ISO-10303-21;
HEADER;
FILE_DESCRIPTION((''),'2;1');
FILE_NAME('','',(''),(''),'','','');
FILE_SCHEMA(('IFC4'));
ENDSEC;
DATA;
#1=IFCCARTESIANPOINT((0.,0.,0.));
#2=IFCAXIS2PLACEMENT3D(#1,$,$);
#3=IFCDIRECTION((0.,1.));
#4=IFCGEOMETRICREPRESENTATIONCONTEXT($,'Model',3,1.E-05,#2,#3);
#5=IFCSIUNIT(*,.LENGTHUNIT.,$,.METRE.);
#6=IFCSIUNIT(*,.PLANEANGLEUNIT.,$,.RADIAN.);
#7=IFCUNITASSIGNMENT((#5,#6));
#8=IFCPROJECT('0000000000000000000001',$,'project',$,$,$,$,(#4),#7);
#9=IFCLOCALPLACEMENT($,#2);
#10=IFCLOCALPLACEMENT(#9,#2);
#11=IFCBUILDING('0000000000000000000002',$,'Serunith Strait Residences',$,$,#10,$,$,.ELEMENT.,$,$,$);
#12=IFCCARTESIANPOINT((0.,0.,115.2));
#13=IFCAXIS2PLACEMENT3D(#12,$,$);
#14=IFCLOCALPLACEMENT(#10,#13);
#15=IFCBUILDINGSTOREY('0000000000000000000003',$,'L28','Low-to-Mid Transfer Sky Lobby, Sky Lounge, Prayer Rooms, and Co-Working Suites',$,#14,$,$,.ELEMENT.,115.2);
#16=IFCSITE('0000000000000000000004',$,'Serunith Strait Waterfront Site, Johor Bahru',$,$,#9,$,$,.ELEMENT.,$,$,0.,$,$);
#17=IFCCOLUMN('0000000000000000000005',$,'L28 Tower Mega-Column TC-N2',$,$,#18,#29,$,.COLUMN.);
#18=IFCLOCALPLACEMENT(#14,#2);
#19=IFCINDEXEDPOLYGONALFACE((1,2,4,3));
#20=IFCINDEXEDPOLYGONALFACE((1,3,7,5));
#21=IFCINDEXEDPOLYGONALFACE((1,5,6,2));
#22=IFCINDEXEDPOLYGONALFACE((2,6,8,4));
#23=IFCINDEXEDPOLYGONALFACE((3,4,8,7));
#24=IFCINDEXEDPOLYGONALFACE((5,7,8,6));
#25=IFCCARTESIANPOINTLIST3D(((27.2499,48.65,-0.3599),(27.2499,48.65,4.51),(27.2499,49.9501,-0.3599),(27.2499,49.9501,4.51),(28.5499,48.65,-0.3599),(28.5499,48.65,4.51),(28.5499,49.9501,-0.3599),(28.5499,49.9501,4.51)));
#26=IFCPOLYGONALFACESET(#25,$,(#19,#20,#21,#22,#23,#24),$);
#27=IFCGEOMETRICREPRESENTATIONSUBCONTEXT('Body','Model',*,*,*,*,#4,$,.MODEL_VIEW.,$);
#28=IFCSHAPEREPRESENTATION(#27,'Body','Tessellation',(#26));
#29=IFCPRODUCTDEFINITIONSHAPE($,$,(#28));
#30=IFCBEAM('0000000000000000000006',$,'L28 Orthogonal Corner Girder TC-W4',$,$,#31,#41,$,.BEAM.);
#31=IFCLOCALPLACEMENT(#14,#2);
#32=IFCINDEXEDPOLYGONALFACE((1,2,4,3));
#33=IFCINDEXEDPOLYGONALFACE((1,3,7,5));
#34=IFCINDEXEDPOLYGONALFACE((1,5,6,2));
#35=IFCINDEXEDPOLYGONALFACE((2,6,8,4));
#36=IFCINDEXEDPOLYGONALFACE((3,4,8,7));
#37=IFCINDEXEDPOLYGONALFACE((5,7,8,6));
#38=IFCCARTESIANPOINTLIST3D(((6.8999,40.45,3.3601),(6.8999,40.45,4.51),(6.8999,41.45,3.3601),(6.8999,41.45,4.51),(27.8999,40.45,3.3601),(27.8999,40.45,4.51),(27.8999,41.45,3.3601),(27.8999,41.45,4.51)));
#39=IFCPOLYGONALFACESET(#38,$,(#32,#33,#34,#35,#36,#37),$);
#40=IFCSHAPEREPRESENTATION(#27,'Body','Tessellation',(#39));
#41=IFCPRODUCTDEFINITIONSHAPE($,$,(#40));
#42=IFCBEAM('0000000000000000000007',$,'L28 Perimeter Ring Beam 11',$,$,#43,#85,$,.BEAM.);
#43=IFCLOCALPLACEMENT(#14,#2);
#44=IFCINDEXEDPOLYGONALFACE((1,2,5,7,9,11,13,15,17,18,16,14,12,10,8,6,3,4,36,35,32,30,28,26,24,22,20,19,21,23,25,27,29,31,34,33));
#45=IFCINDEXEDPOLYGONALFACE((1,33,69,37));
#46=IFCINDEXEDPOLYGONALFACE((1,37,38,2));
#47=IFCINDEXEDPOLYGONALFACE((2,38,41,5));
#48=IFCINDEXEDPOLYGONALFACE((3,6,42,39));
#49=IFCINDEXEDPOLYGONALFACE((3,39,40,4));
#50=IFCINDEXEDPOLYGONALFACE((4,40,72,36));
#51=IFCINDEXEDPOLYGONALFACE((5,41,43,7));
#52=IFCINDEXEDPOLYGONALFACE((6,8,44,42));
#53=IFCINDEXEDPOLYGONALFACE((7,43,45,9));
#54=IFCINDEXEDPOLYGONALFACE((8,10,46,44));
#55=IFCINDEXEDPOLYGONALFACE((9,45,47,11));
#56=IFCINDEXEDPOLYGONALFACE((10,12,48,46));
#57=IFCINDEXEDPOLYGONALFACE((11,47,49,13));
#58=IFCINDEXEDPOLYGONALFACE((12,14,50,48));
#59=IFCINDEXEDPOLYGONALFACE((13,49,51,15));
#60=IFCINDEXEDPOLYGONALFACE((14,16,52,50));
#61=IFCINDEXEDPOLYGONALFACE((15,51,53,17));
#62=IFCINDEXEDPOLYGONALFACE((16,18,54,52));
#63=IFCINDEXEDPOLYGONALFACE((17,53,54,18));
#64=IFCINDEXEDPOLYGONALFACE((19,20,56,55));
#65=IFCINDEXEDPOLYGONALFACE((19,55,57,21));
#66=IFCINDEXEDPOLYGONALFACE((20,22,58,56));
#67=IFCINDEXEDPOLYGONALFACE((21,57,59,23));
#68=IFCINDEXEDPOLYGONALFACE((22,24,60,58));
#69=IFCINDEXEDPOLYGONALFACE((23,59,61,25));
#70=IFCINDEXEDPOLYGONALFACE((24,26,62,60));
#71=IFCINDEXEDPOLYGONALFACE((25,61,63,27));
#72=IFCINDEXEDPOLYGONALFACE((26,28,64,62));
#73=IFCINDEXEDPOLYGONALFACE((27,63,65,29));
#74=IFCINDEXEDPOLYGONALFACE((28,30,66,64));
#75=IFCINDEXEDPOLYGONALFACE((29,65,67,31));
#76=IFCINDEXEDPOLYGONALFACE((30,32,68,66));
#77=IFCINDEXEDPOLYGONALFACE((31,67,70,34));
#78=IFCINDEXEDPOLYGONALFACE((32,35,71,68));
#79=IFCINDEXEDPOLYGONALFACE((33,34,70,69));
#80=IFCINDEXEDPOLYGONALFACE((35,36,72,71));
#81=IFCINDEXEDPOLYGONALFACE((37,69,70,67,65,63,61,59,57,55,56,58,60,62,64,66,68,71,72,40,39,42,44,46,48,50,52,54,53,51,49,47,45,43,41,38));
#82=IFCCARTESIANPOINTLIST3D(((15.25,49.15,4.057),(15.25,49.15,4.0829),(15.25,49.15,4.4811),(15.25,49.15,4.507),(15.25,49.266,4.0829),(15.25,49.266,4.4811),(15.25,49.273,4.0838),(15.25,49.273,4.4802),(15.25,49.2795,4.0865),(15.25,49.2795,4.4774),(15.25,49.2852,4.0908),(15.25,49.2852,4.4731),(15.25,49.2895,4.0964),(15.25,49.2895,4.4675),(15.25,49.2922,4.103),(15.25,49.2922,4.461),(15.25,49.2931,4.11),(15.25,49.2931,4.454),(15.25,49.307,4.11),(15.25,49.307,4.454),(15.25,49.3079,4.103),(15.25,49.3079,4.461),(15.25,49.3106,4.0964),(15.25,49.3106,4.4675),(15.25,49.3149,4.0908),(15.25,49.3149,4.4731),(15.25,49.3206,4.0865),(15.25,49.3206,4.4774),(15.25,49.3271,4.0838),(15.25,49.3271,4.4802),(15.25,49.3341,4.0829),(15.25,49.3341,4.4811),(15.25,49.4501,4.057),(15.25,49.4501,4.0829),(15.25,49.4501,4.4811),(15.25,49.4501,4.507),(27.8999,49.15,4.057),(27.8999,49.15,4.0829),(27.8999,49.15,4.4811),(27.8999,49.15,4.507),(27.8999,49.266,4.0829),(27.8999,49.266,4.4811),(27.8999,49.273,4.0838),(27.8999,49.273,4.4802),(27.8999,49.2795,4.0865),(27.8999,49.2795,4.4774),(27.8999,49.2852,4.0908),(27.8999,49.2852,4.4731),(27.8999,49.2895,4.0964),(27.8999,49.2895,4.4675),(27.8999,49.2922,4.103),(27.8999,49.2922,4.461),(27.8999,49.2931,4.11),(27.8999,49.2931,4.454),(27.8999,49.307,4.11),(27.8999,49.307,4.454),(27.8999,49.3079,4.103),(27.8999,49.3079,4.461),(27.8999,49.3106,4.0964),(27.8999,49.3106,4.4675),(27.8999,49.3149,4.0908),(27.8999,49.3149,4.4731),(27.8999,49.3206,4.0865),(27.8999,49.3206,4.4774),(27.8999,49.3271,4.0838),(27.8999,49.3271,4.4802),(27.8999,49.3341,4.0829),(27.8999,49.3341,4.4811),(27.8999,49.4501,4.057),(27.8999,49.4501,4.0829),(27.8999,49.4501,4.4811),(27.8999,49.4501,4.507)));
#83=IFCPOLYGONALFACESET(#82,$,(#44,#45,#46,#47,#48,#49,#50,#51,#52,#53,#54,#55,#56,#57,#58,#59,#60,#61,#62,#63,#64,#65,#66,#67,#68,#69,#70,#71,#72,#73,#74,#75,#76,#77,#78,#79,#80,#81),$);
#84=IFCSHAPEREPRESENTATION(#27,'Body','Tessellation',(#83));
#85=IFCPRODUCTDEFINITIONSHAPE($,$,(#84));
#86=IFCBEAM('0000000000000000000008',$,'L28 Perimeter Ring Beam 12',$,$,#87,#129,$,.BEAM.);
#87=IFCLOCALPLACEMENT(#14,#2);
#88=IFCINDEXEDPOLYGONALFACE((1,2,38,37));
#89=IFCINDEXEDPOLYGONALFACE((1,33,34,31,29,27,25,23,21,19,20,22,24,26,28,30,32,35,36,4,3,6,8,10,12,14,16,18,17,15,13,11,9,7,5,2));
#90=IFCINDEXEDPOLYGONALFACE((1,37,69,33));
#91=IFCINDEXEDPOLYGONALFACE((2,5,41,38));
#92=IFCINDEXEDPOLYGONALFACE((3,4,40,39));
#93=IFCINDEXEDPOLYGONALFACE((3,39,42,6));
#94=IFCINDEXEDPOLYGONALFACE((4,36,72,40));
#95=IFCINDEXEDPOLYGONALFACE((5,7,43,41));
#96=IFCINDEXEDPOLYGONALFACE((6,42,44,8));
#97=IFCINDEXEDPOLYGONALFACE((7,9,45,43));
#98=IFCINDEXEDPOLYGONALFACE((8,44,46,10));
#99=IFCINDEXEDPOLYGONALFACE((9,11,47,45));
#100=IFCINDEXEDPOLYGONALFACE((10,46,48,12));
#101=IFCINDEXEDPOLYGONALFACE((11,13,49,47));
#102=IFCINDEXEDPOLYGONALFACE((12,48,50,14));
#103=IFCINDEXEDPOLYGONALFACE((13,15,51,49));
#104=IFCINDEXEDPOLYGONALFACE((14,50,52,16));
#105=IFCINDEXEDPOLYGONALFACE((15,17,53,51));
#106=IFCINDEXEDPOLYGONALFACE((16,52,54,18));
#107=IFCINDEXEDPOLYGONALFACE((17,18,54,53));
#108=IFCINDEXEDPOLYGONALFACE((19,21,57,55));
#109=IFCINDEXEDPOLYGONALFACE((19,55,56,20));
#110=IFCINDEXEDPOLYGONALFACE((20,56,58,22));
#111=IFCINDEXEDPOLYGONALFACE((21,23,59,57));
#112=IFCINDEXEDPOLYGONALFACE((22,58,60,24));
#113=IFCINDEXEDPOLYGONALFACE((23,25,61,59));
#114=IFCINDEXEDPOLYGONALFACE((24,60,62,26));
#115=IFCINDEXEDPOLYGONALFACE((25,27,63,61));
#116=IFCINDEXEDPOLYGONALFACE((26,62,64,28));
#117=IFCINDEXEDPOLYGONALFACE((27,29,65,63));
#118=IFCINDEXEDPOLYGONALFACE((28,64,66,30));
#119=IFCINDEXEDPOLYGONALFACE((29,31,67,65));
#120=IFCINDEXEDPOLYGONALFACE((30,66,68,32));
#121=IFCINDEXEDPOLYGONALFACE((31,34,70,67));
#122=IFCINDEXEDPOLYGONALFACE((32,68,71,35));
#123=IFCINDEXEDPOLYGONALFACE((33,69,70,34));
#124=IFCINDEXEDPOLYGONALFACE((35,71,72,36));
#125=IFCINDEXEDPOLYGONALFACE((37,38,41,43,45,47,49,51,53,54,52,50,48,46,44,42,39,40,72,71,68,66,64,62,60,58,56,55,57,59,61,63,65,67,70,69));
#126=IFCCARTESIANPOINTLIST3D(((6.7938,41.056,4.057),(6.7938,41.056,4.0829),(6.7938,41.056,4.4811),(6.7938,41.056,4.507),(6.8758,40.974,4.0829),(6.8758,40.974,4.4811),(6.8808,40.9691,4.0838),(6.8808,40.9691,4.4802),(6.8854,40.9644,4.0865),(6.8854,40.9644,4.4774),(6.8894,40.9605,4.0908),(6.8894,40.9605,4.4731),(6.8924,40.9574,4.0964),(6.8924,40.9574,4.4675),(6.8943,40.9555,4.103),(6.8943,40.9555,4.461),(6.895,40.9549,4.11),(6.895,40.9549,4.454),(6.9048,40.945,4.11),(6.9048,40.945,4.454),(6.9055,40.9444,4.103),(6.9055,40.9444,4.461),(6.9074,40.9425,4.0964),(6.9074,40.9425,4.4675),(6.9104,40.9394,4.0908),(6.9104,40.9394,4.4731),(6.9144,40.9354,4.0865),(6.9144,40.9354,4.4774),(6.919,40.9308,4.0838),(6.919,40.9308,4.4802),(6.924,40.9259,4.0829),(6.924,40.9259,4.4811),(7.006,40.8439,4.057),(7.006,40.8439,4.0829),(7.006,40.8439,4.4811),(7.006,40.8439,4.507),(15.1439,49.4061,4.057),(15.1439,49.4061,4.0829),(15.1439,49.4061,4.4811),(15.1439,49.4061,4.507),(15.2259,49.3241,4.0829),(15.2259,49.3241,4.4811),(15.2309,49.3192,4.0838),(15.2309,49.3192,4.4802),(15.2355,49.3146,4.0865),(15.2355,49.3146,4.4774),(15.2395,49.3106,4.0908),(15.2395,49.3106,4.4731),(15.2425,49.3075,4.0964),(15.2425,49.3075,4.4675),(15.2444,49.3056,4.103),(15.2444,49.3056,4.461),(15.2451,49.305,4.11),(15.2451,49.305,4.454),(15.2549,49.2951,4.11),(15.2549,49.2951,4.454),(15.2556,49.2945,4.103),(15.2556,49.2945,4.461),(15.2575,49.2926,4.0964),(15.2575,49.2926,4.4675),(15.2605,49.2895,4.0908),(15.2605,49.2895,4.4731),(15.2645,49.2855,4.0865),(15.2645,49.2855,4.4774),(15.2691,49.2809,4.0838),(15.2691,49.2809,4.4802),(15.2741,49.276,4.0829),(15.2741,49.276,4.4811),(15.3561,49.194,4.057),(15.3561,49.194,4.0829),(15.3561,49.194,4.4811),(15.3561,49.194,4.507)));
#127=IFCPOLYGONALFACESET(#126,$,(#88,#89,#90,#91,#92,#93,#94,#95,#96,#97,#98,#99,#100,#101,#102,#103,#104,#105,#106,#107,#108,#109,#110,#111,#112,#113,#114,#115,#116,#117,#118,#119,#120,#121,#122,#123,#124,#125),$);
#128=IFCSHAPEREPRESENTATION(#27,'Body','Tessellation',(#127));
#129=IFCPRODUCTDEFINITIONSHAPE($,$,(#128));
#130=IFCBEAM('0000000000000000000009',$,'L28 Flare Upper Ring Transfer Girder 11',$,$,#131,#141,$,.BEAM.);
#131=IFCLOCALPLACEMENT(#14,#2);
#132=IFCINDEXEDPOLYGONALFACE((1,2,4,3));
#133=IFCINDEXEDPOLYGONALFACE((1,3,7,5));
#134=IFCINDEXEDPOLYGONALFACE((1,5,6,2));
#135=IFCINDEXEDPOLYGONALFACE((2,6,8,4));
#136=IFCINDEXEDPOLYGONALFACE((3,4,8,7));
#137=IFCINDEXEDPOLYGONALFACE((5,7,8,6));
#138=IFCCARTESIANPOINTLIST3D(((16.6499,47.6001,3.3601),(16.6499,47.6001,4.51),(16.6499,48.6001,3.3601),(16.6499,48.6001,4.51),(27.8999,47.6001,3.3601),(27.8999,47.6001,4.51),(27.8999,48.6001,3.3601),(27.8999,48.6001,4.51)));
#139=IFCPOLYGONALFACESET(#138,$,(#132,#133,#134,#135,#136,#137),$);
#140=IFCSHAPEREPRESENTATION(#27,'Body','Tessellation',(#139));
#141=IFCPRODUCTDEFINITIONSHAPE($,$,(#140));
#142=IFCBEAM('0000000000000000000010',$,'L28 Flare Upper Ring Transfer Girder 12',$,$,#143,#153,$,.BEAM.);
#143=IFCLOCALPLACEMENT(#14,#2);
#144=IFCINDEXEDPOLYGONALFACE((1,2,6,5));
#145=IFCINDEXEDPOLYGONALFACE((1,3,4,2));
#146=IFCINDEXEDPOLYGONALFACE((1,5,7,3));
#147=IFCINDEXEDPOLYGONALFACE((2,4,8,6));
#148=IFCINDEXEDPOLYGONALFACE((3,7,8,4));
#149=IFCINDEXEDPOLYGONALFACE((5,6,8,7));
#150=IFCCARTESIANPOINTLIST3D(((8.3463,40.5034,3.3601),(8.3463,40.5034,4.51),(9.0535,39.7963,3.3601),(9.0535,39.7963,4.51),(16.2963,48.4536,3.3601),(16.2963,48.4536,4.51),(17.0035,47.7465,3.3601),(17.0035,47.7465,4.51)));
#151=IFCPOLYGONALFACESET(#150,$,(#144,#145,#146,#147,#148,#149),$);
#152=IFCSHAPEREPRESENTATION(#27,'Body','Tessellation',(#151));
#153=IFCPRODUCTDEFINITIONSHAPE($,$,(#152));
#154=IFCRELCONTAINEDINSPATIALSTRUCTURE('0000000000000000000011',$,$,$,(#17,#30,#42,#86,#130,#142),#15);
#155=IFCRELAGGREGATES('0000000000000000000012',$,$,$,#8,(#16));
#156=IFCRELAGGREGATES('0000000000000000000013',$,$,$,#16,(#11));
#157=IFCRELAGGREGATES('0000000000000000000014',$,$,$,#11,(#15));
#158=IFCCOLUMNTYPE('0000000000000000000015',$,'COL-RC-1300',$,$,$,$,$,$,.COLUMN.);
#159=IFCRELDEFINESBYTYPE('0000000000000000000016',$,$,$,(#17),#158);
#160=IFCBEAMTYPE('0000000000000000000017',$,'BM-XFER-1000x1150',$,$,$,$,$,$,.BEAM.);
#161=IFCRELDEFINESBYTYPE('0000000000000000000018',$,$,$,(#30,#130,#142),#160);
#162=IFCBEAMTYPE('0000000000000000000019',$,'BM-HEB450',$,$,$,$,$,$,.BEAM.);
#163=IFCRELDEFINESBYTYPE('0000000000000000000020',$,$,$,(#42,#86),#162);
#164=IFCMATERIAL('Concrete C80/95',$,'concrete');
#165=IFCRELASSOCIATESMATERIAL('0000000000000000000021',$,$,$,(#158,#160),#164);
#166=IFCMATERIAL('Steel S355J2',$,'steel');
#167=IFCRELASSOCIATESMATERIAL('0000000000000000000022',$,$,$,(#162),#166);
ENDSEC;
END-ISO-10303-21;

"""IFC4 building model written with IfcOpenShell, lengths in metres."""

from ifc_helpers import new_model, si_unit, direction, frame, origin, origin_2d, place, context, subcontext, project, spatial, rectangle, i_section, extrude, source, transform, mapped, material, material_profile, profile_set, type_object, element, save


model = new_model("IFC4")

# Units and contexts
model_context = context("Model", 3, precision=1e-05, world=origin(), true_north=direction((0.0, 1.0)))
body_context = subcontext(model_context, "Body", "Model", "MODEL_VIEW")
ifc_project = project(units=[si_unit("LENGTHUNIT", "METRE"), si_unit("PLANEANGLEUNIT", "RADIAN")], contexts=[model_context])

# Site, building, storey
site_placement = place(None, origin())
site = spatial("IfcSite", under=ifc_project, at=site_placement, Name="Serunith Strait Waterfront Site, Johor Bahru", CompositionType="ELEMENT", RefElevation=0.0)
building_placement = place(site_placement, origin())
building = spatial("IfcBuilding", under=site, at=building_placement, Name="Serunith Strait Residences", CompositionType="ELEMENT")
storey_placement = place(building_placement, frame((0.0, 0.0, 115.2)))
storey = spatial("IfcBuildingStorey", under=building, at=storey_placement, Name="L28", Description="Low-to-Mid Transfer Sky Lobby, Sky Lounge, Prayer Rooms, and Co-Working Suites", CompositionType="ELEMENT", Elevation=115.2)

# Column
ifc_material_1 = material(Name="Concrete C80/95", Category="concrete")
ifc_material_profile_1 = material_profile(ifc_material_1, rectangle(XDim=1.3, YDim=1.3, at=origin_2d()), Name="RC 1300x1300")
ifc_profile_set_1 = profile_set([ifc_material_profile_1], Name="Concrete C80/95")
column_type = type_object("IfcColumnType", Name="COL-RC-1300", PredefinedType="COLUMN", material=ifc_profile_set_1)
shared_shape_1 = source(origin(), body_context, "Body", "SweptSolid", [
    extrude(rectangle(XDim=1.3, YDim=1.3, at=origin_2d()), origin(), (0.0, 0.0, 1.0), 4.8699),
])
column_placement = place(storey_placement, frame((27.8999, 49.3, -0.3599), z_axis=(0.0, 0.0, 1.0), x_axis=(1.0, 0.0, 0.0)))
element("IfcColumn", 1, at=column_placement, inside=storey, type_object=column_type, Name="L28 Tower Mega-Column TC-N2", PredefinedType="COLUMN", context=body_context, shape_type="MappedRepresentation", body=[
    mapped(shared_shape_1, transform((0.0, 0.0, 0.0), scale=1.0)),
])

# Beams
ifc_material_profile_2 = material_profile(ifc_material_1, rectangle(XDim=1.0, YDim=1.1499, at=origin_2d()), Name="RC 1000x1150")
ifc_profile_set_2 = profile_set([ifc_material_profile_2], Name="Concrete C80/95")
beam_type_1 = type_object("IfcBeamType", Name="BM-XFER-1000x1150", PredefinedType="BEAM", material=ifc_profile_set_2)
shared_shape_2 = source(origin(), body_context, "Body", "SweptSolid", [
    extrude(rectangle(XDim=1.0, YDim=1.1499, at=origin_2d()), origin(), (0.0, 0.0, 1.0), 21.0),
])
beam_1_placement = place(storey_placement, frame((27.8999, 40.95, 3.9351), z_axis=(-1.0, 0.0, 0.0), x_axis=(0.0, -1.0, 0.0)))
element("IfcBeam", 2, at=beam_1_placement, inside=storey, type_object=beam_type_1, Name="L28 Orthogonal Corner Girder TC-W4", PredefinedType="BEAM", context=body_context, shape_type="MappedRepresentation", body=[
    mapped(shared_shape_2, transform((0.0, 0.0, 0.0), scale=1.0)),
])
ifc_material_2 = material(Name="Steel S355J2", Category="steel")
ifc_material_profile_3 = material_profile(ifc_material_2, i_section(OverallWidth=0.3, OverallDepth=0.45, WebThickness=0.0139, FlangeThickness=0.0259, FilletRadius=0.0271, at=origin_2d()), Name="HEB 450")
ifc_profile_set_3 = profile_set([ifc_material_profile_3], Name="Steel S355J2")
beam_type_2 = type_object("IfcBeamType", Name="BM-HEB450", PredefinedType="BEAM", material=ifc_profile_set_3)
shared_shape_3 = source(origin(), body_context, "Body", "SweptSolid", [
    extrude(i_section(OverallWidth=0.3, OverallDepth=0.45, WebThickness=0.0139, FlangeThickness=0.0259, FilletRadius=0.0271, at=origin_2d()), origin(), (0.0, 0.0, 1.0), 12.6499),
])
beam_2_placement = place(storey_placement, frame((27.8999, 49.3, 4.282), z_axis=(-1.0, 0.0, 0.0), x_axis=(0.0, -1.0, 0.0)))
element("IfcBeam", 3, at=beam_2_placement, inside=storey, type_object=beam_type_2, Name="L28 Perimeter Ring Beam 11", PredefinedType="BEAM", context=body_context, shape_type="MappedRepresentation", body=[
    mapped(shared_shape_3, transform((0.0, 0.0, 0.0), scale=1.0)),
])
shared_shape_4 = source(origin(), body_context, "Body", "SweptSolid", [
    extrude(i_section(OverallWidth=0.3, OverallDepth=0.45, WebThickness=0.0139, FlangeThickness=0.0259, FilletRadius=0.0271, at=origin_2d()), origin(), (0.0, 0.0, 1.0), 11.8088),
])
beam_3_placement = place(storey_placement, frame((15.25, 49.3, 4.282), z_axis=(-0.707107, -0.707107, 0.0), x_axis=(0.707107, -0.707107, 0.0)))
element("IfcBeam", 4, at=beam_3_placement, inside=storey, type_object=beam_type_2, Name="L28 Perimeter Ring Beam 12", PredefinedType="BEAM", context=body_context, shape_type="MappedRepresentation", body=[
    mapped(shared_shape_4, transform((0.0, 0.0, 0.0), scale=1.0)),
])
shared_shape_5 = source(origin(), body_context, "Body", "SweptSolid", [
    extrude(rectangle(XDim=1.0, YDim=1.1499, at=origin_2d()), origin(), (0.0, 0.0, 1.0), 11.25),
])
beam_4_placement = place(storey_placement, frame((27.8999, 48.1001, 3.9351), z_axis=(-1.0, 0.0, 0.0), x_axis=(0.0, -1.0, 0.0)))
element("IfcBeam", 5, at=beam_4_placement, inside=storey, type_object=beam_type_1, Name="L28 Flare Upper Ring Transfer Girder 11", PredefinedType="BEAM", context=body_context, shape_type="MappedRepresentation", body=[
    mapped(shared_shape_5, transform((0.0, 0.0, 0.0), scale=1.0)),
])
shared_shape_6 = source(origin(), body_context, "Body", "SweptSolid", [
    extrude(rectangle(XDim=1.0, YDim=1.1499, at=origin_2d()), origin(), (0.0, 0.0, 1.0), 11.2432),
])
beam_5_placement = place(storey_placement, frame((16.6499, 48.1001, 3.9351), z_axis=(-0.707096, -0.707118, 0.0), x_axis=(0.707118, -0.707096, 0.0)))
element("IfcBeam", 6, at=beam_5_placement, inside=storey, type_object=beam_type_1, Name="L28 Flare Upper Ring Transfer Girder 12", PredefinedType="BEAM", context=body_context, shape_type="MappedRepresentation", body=[
    mapped(shared_shape_6, transform((0.0, 0.0, 0.0), scale=1.0)),
])

save(model, "model.ifc")
